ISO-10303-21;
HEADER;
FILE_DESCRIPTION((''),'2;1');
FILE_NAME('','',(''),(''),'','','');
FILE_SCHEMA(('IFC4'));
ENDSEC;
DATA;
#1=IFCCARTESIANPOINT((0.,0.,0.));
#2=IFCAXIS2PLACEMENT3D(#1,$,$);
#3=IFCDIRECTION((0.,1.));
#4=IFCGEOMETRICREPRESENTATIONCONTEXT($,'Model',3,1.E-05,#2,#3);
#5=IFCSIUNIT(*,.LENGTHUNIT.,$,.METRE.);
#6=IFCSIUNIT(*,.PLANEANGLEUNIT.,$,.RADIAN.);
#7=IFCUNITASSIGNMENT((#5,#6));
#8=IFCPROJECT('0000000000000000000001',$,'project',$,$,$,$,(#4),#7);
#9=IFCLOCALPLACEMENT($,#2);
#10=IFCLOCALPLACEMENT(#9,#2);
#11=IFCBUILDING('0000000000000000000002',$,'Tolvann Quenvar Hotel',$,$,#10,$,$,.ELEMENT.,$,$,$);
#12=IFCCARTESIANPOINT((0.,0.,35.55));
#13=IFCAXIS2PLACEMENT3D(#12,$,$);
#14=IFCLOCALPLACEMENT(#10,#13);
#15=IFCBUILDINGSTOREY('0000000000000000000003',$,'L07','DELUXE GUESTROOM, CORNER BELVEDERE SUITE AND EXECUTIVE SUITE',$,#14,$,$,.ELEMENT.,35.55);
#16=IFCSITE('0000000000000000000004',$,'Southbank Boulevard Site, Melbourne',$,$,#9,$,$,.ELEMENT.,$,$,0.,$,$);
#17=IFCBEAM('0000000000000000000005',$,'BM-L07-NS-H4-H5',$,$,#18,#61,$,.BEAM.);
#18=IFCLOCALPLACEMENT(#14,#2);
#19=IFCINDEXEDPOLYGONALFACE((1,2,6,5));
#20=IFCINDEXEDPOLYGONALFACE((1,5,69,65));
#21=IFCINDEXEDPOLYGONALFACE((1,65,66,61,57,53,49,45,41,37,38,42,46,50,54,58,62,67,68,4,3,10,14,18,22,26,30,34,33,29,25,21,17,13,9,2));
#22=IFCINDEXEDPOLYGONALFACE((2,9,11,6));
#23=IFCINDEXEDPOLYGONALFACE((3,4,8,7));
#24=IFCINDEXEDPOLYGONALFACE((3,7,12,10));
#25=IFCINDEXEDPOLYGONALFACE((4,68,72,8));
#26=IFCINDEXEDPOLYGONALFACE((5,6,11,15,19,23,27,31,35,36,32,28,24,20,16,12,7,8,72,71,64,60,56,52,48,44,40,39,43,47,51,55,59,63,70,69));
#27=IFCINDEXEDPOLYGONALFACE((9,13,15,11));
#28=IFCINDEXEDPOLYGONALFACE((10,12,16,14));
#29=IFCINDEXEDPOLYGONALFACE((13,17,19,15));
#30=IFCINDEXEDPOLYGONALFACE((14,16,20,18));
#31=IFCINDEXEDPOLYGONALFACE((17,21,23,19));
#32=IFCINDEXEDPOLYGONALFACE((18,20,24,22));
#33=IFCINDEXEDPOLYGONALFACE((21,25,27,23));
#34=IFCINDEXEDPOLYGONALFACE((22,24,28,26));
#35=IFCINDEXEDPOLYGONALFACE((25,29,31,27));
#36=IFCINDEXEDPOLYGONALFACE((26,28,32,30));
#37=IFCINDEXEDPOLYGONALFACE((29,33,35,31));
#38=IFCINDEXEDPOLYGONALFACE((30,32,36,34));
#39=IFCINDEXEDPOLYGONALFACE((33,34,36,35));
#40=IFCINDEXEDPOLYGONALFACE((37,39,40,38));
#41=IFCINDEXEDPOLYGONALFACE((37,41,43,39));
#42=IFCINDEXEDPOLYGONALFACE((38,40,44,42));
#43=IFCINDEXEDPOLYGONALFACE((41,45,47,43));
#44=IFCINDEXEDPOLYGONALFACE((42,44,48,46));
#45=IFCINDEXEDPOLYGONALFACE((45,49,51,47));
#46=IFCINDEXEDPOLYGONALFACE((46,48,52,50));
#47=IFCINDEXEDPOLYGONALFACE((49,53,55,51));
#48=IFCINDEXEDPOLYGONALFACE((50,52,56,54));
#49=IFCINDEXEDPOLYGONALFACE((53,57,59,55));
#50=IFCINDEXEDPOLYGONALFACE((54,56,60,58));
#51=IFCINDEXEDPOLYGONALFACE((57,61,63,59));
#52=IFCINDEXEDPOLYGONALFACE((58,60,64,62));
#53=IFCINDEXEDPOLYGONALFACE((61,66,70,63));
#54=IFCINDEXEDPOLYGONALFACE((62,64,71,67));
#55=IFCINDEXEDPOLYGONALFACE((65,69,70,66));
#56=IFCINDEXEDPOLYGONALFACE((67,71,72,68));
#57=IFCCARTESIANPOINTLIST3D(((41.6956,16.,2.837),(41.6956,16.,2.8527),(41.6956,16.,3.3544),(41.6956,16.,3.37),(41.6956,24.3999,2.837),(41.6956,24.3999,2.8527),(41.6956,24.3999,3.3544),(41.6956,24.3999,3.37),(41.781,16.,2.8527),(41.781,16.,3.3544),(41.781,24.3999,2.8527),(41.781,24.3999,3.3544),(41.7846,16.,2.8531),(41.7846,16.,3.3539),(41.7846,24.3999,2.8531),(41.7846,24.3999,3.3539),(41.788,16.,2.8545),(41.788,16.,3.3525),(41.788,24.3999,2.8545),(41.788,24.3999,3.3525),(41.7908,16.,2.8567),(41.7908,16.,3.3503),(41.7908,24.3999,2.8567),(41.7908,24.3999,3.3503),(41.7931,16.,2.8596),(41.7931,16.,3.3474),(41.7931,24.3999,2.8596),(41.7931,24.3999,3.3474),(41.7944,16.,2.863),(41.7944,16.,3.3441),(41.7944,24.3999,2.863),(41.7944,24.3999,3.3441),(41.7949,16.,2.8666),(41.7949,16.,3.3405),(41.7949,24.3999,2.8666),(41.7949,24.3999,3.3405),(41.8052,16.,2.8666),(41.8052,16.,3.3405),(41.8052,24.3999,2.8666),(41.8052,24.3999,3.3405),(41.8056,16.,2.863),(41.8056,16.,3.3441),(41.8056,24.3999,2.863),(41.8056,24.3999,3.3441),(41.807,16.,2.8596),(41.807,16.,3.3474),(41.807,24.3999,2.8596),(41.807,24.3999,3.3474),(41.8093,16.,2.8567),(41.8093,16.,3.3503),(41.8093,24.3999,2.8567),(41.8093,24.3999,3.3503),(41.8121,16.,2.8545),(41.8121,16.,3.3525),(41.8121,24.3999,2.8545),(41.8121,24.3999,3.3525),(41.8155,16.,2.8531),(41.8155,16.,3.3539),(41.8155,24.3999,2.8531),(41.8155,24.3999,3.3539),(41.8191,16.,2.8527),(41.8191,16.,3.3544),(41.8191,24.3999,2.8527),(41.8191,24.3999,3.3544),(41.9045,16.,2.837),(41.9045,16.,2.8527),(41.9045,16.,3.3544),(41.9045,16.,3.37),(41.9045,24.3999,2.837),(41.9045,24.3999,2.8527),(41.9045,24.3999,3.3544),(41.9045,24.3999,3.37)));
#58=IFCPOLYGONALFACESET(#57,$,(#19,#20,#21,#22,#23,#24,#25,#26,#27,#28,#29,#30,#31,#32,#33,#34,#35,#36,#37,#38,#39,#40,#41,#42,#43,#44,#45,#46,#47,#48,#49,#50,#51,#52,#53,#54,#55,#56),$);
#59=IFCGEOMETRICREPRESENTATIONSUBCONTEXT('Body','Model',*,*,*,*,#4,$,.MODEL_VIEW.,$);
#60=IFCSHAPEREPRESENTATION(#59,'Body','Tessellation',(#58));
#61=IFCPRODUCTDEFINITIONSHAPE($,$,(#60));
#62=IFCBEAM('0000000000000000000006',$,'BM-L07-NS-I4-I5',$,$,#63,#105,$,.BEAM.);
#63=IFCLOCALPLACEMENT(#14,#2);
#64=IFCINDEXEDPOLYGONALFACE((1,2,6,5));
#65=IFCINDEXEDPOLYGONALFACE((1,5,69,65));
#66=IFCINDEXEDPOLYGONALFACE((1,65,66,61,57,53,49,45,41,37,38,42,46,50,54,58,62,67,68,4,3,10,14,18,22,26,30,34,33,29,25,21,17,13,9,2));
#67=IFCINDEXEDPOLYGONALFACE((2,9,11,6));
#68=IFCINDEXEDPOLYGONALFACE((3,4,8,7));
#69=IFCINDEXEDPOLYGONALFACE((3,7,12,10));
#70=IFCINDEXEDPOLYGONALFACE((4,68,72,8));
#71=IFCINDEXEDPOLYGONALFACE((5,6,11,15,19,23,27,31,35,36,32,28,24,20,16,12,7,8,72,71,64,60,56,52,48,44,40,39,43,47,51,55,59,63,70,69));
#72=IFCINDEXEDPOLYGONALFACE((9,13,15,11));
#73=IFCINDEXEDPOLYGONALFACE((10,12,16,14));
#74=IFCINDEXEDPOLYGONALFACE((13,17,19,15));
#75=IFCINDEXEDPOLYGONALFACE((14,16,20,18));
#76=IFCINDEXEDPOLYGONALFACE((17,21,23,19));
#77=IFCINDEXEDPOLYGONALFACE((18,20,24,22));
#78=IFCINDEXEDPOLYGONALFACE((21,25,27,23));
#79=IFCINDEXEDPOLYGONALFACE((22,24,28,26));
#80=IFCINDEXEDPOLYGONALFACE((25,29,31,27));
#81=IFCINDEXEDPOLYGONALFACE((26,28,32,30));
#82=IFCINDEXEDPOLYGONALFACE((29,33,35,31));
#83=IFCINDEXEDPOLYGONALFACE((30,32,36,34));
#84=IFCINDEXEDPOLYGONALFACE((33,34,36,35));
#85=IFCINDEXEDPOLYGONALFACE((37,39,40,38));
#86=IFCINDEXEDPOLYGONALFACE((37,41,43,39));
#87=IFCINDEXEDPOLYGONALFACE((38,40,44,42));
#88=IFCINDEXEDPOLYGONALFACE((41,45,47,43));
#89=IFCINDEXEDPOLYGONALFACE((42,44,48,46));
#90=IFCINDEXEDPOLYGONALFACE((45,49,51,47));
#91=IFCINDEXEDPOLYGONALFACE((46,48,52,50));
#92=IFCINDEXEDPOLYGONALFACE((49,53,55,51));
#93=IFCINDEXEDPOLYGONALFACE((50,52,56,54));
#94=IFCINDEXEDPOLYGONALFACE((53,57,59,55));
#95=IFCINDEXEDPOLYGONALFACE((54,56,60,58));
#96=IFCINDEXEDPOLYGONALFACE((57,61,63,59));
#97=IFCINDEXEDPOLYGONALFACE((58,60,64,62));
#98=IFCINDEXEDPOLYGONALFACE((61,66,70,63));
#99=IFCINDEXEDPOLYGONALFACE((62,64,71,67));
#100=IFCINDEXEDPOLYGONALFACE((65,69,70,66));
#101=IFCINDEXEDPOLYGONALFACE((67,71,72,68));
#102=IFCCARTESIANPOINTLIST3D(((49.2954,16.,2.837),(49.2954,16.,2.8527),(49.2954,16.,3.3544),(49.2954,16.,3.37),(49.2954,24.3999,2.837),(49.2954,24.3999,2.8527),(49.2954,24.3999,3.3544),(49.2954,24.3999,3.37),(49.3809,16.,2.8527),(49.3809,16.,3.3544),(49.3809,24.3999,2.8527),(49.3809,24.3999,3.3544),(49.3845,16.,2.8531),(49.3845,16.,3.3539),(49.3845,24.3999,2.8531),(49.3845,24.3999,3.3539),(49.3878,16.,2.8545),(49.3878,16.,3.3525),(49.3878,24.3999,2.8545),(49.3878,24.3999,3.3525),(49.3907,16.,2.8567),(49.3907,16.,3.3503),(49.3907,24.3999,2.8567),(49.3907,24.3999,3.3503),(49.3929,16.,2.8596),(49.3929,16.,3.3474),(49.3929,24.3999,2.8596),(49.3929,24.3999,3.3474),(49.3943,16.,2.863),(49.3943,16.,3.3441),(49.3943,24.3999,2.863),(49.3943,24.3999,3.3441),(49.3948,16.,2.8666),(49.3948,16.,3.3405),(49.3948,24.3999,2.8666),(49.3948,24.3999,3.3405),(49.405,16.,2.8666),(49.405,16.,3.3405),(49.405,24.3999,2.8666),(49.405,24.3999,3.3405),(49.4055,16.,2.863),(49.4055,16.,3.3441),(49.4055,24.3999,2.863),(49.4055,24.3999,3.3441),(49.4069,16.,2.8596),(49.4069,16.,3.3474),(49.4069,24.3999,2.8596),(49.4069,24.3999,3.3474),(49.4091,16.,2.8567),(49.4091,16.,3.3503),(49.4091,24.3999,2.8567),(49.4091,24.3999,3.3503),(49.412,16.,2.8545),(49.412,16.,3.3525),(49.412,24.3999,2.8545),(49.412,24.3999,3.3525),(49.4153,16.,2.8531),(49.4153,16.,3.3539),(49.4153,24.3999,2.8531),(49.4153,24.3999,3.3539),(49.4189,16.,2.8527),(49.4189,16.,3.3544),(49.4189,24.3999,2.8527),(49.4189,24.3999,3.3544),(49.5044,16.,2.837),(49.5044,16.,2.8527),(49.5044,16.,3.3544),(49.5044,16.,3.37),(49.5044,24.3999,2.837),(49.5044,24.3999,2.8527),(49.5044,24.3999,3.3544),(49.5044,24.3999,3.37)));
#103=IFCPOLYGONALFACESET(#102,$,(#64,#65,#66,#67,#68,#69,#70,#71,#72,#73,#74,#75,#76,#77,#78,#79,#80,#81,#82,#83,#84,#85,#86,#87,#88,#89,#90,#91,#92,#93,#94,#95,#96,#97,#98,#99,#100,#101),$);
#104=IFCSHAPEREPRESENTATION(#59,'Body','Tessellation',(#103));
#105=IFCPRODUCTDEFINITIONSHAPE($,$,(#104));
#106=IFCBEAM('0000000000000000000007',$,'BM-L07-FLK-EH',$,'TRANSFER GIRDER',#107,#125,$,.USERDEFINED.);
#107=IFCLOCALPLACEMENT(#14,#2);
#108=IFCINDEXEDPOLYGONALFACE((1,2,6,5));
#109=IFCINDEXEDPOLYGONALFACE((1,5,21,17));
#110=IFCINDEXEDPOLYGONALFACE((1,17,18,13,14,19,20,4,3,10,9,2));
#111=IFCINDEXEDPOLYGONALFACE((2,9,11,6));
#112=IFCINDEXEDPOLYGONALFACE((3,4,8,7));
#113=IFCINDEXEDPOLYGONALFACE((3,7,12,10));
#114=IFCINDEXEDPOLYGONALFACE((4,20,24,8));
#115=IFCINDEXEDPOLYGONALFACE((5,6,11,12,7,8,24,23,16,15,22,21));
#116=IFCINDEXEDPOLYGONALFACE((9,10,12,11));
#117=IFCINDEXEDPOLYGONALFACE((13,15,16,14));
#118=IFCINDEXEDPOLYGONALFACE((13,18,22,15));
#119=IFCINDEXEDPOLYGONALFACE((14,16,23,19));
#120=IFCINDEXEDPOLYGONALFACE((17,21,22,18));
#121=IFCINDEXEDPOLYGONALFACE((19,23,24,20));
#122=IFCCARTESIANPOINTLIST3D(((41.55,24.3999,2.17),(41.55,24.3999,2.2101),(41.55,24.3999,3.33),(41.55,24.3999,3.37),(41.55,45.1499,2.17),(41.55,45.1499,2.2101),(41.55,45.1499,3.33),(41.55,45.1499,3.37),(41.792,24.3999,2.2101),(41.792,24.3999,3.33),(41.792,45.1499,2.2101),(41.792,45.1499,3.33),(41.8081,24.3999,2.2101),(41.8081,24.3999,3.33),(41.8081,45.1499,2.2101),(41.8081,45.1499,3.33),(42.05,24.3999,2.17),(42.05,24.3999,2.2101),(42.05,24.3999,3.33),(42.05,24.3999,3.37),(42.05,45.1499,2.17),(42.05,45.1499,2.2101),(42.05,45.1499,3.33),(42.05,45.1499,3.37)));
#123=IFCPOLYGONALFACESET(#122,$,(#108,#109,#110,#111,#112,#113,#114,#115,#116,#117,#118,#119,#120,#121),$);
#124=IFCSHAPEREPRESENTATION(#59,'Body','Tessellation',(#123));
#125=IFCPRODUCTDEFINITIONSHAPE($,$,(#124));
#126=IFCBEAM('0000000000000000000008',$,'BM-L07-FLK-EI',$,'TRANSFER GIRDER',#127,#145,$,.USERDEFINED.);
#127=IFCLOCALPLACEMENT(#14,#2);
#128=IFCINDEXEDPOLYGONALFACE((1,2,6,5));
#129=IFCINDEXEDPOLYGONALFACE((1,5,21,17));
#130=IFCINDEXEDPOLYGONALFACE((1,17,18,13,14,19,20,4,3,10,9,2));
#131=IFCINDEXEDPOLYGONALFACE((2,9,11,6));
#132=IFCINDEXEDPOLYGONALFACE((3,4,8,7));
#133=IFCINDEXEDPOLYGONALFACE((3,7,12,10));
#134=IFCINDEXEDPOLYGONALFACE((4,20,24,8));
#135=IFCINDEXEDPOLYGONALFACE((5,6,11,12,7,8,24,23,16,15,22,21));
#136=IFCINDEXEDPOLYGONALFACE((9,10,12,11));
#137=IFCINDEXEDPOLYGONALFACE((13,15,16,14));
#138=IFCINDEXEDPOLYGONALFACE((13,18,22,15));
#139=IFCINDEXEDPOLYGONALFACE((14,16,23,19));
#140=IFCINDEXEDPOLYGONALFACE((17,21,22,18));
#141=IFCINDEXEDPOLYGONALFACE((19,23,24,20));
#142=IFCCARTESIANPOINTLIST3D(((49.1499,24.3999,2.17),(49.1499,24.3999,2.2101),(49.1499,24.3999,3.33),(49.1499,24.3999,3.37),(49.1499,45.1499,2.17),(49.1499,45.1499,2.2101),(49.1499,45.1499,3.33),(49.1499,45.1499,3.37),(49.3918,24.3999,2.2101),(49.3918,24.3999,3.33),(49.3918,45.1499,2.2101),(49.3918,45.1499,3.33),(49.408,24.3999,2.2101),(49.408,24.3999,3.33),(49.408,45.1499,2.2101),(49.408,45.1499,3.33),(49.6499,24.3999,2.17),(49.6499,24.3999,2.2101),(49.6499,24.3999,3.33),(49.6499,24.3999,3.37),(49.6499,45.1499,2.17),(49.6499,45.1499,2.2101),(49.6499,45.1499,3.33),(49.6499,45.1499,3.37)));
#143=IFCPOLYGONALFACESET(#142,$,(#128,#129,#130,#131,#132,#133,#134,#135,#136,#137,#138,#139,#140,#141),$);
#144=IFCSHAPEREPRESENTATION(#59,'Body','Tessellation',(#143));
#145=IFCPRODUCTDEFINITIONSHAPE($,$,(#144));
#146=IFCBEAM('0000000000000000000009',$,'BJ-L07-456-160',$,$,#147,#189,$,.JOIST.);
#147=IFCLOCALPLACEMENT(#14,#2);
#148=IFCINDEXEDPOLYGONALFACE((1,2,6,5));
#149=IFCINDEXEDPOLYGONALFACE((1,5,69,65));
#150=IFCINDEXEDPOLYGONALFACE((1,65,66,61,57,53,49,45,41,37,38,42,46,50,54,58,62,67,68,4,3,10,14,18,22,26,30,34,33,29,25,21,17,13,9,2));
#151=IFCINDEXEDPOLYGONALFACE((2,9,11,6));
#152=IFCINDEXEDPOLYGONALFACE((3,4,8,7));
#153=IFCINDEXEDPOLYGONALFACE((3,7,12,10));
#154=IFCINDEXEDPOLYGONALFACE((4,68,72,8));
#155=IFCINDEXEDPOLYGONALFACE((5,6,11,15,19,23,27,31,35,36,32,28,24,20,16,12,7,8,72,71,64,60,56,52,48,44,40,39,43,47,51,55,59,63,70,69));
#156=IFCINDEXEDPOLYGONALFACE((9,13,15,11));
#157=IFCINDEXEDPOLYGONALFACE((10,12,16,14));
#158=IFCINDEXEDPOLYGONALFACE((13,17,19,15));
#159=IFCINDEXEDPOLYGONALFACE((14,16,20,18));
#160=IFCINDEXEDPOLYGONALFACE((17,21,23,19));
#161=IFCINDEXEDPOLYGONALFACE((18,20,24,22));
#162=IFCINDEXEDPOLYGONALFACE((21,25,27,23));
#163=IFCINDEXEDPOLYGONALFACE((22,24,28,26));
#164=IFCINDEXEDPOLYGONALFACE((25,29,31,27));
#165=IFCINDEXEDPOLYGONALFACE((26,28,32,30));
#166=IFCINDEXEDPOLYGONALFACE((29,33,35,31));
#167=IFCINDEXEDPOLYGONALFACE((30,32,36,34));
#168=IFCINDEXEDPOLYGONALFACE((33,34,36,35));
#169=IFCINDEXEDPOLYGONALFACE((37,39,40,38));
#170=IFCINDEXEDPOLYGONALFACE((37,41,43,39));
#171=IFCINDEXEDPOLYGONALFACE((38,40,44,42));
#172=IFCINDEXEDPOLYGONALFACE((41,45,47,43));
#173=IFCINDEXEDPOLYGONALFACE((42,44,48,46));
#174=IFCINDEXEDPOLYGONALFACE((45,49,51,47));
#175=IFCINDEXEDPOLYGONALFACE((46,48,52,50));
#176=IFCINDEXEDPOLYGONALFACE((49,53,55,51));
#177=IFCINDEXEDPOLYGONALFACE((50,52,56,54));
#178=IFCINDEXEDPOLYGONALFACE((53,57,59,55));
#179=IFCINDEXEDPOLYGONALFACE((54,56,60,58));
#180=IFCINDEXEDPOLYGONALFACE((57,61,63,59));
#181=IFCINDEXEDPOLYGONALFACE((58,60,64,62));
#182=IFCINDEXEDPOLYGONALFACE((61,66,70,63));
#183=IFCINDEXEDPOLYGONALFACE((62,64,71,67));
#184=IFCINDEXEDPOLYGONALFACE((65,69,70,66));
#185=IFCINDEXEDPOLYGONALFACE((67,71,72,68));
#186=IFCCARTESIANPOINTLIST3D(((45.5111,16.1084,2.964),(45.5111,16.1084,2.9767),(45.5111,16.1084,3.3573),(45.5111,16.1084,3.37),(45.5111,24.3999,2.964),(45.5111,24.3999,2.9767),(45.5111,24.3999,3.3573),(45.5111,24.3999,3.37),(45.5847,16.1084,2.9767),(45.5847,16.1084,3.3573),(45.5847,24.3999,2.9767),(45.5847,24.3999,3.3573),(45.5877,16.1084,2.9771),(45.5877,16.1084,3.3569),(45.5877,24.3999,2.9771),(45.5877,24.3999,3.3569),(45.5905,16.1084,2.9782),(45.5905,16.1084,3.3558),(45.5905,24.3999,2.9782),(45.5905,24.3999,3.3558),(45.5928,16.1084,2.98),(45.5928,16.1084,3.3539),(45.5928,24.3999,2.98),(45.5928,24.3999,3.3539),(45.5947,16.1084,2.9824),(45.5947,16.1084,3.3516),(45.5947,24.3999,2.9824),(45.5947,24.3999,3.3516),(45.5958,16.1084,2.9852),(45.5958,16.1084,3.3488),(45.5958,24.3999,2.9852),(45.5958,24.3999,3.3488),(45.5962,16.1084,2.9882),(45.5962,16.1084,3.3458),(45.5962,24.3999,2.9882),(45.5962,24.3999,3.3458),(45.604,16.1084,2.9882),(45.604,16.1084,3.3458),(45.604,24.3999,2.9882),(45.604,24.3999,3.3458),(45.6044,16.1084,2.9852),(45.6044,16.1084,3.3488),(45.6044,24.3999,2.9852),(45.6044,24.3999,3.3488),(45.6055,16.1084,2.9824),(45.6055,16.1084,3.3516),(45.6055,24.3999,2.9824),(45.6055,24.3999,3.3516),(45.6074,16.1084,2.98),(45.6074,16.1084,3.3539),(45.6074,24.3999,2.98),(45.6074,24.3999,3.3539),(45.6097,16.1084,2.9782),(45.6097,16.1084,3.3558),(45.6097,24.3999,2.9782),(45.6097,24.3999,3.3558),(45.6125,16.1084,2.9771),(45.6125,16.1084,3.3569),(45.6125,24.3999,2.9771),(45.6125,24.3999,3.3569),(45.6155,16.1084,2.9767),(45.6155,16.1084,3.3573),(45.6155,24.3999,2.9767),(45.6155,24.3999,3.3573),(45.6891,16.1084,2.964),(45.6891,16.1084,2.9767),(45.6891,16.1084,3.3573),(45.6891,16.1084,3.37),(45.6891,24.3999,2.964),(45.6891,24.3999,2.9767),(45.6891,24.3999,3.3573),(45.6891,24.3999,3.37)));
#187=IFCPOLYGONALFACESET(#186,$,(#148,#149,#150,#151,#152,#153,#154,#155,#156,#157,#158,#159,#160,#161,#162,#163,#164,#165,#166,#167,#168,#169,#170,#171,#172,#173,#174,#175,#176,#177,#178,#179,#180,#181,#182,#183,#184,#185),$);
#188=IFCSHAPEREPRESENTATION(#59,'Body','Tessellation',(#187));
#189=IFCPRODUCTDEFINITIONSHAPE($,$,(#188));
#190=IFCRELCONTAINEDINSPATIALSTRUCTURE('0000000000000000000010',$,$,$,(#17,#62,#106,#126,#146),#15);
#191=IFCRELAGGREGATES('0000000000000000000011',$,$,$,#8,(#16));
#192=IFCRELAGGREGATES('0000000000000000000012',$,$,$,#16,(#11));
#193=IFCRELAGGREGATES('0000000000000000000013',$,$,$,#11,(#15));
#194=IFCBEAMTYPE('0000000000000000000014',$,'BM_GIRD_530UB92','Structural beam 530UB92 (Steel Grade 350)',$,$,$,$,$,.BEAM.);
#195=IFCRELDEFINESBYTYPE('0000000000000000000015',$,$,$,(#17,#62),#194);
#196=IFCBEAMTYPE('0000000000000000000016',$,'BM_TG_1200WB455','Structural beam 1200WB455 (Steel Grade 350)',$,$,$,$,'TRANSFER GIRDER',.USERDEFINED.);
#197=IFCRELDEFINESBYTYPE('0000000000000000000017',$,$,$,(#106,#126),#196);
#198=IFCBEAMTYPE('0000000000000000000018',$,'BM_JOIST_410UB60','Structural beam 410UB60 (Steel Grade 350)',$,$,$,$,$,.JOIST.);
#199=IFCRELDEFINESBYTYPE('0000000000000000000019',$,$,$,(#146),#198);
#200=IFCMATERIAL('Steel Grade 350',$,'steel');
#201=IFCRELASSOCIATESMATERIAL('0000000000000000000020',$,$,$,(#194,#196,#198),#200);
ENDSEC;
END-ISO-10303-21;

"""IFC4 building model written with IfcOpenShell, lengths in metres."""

from ifc_helpers import new_model, si_unit, direction, frame, origin, origin_2d, place, context, subcontext, project, spatial, i_section, extrude, source, transform, mapped, material, material_profile, profile_set, type_object, type_shapes, element, save


model = new_model("IFC4")

# Units and contexts
model_context = context("Model", 3, precision=1e-05, world=origin(), true_north=direction((0.0, 1.0)))
body_context = subcontext(model_context, "Body", "Model", "MODEL_VIEW")
ifc_project = project(units=[si_unit("LENGTHUNIT", "METRE"), si_unit("PLANEANGLEUNIT", "RADIAN")], contexts=[model_context])

# Site, building, storey
site_placement = place(None, origin())
site = spatial("IfcSite", under=ifc_project, at=site_placement, Name="Southbank Boulevard Site, Melbourne", CompositionType="ELEMENT", RefElevation=0.0)
building_placement = place(site_placement, origin())
building = spatial("IfcBuilding", under=site, at=building_placement, Name="Tolvann Quenvar Hotel", CompositionType="ELEMENT")
storey_placement = place(building_placement, frame((0.0, 0.0, 35.55)))
storey = spatial("IfcBuildingStorey", under=building, at=storey_placement, Name="L07", Description="DELUXE GUESTROOM, CORNER BELVEDERE SUITE AND EXECUTIVE SUITE", CompositionType="ELEMENT", Elevation=35.55)

# Shared definitions
ifc_material_1 = material(Name="Steel Grade 350", Category="steel")

# Beams
ifc_material_profile_1 = material_profile(ifc_material_1, i_section(OverallWidth=0.209, OverallDepth=0.533, WebThickness=0.0103, FlangeThickness=0.0156, FilletRadius=0.0139, at=origin_2d()), Name="530UB92")
ifc_profile_set_1 = profile_set([ifc_material_profile_1], Name="Steel Grade 350")
beam_type_1 = type_object("IfcBeamType", Name="BM_GIRD_530UB92", Description="Structural beam 530UB92 (Steel Grade 350)", PredefinedType="BEAM", material=ifc_profile_set_1)
shared_shape_1 = source(origin(), body_context, "Body", "SweptSolid", [
    extrude(i_section(OverallWidth=0.209, OverallDepth=0.533, WebThickness=0.0103, FlangeThickness=0.0156, FilletRadius=0.0139, at=origin_2d()), origin(), (0.0, 0.0, 1.0), 8.3999),
])
type_shapes(beam_type_1, [shared_shape_1])
for number, where, z_axis, x_axis, name in (
    (1, (41.8, 16.0, 3.1035), (0.0, 1.0, 0.0), (-1.0, 0.0, 0.0), "BM-L07-NS-H4-H5"),
    (2, (49.3999, 16.0, 3.1035), (0.0, 1.0, 0.0), (-1.0, 0.0, 0.0), "BM-L07-NS-I4-I5"),
):
    element("IfcBeam", number, at=place(storey_placement, frame(where, z_axis=z_axis, x_axis=x_axis)), inside=storey, type_object=beam_type_1, Name=name, PredefinedType="BEAM", context=body_context, shape_type="MappedRepresentation", body=[
        mapped(shared_shape_1, transform((0.0, 0.0, 0.0), x_axis=(1.0, 0.0, 0.0), y_axis=(0.0, 1.0, 0.0), z_axis=(0.0, 0.0, 1.0), scale=1.0)),
    ])
ifc_material_profile_2 = material_profile(ifc_material_1, i_section(OverallWidth=0.5, OverallDepth=1.2, WebThickness=0.0161, FlangeThickness=0.04, at=origin_2d()), Name="1200WB455")
ifc_profile_set_2 = profile_set([ifc_material_profile_2], Name="Steel Grade 350")
beam_type_2 = type_object("IfcBeamType", Name="BM_TG_1200WB455", Description="Structural beam 1200WB455 (Steel Grade 350)", ElementType="TRANSFER GIRDER", PredefinedType="USERDEFINED", material=ifc_profile_set_2)
shared_shape_2 = source(origin(), body_context, "Body", "SweptSolid", [
    extrude(i_section(OverallWidth=0.5, OverallDepth=1.2, WebThickness=0.0161, FlangeThickness=0.04, at=origin_2d()), origin(), (0.0, 0.0, 1.0), 20.75),
])
type_shapes(beam_type_2, [shared_shape_2])
for number, where, z_axis, x_axis, name in (
    (3, (41.8, 24.3999, 2.77), (0.0, 1.0, 0.0), (-1.0, 0.0, 0.0), "BM-L07-FLK-EH"),
    (4, (49.3999, 24.3999, 2.77), (0.0, 1.0, 0.0), (-1.0, 0.0, 0.0), "BM-L07-FLK-EI"),
):
    element("IfcBeam", number, at=place(storey_placement, frame(where, z_axis=z_axis, x_axis=x_axis)), inside=storey, type_object=beam_type_2, Name=name, ObjectType="TRANSFER GIRDER", PredefinedType="USERDEFINED", context=body_context, shape_type="MappedRepresentation", body=[
        mapped(shared_shape_2, transform((0.0, 0.0, 0.0), x_axis=(1.0, 0.0, 0.0), y_axis=(0.0, 1.0, 0.0), z_axis=(0.0, 0.0, 1.0), scale=1.0)),
    ])
ifc_material_profile_3 = material_profile(ifc_material_1, i_section(OverallWidth=0.178, OverallDepth=0.406, WebThickness=0.0078, FlangeThickness=0.0127, FilletRadius=0.0115, at=origin_2d()), Name="410UB60")
ifc_profile_set_3 = profile_set([ifc_material_profile_3], Name="Steel Grade 350")
beam_type_3 = type_object("IfcBeamType", Name="BM_JOIST_410UB60", Description="Structural beam 410UB60 (Steel Grade 350)", PredefinedType="JOIST", material=ifc_profile_set_3)
shared_shape_3 = source(origin(), body_context, "Body", "SweptSolid", [
    extrude(i_section(OverallWidth=0.178, OverallDepth=0.406, WebThickness=0.0078, FlangeThickness=0.0127, FilletRadius=0.0115, at=origin_2d()), origin(), (0.0, 0.0, 1.0), 8.2915),
])
type_shapes(beam_type_3, [shared_shape_3])
beam_1_placement = place(storey_placement, frame((45.6001, 16.1084, 3.167), z_axis=(0.0, 1.0, 0.0), x_axis=(-1.0, 0.0, 0.0)))
element("IfcBeam", 5, at=beam_1_placement, inside=storey, type_object=beam_type_3, Name="BJ-L07-456-160", PredefinedType="JOIST", context=body_context, shape_type="MappedRepresentation", body=[
    mapped(shared_shape_3, transform((0.0, 0.0, 0.0), x_axis=(1.0, 0.0, 0.0), y_axis=(0.0, 1.0, 0.0), z_axis=(0.0, 0.0, 1.0), scale=1.0)),
])

save(model, "model.ifc")
